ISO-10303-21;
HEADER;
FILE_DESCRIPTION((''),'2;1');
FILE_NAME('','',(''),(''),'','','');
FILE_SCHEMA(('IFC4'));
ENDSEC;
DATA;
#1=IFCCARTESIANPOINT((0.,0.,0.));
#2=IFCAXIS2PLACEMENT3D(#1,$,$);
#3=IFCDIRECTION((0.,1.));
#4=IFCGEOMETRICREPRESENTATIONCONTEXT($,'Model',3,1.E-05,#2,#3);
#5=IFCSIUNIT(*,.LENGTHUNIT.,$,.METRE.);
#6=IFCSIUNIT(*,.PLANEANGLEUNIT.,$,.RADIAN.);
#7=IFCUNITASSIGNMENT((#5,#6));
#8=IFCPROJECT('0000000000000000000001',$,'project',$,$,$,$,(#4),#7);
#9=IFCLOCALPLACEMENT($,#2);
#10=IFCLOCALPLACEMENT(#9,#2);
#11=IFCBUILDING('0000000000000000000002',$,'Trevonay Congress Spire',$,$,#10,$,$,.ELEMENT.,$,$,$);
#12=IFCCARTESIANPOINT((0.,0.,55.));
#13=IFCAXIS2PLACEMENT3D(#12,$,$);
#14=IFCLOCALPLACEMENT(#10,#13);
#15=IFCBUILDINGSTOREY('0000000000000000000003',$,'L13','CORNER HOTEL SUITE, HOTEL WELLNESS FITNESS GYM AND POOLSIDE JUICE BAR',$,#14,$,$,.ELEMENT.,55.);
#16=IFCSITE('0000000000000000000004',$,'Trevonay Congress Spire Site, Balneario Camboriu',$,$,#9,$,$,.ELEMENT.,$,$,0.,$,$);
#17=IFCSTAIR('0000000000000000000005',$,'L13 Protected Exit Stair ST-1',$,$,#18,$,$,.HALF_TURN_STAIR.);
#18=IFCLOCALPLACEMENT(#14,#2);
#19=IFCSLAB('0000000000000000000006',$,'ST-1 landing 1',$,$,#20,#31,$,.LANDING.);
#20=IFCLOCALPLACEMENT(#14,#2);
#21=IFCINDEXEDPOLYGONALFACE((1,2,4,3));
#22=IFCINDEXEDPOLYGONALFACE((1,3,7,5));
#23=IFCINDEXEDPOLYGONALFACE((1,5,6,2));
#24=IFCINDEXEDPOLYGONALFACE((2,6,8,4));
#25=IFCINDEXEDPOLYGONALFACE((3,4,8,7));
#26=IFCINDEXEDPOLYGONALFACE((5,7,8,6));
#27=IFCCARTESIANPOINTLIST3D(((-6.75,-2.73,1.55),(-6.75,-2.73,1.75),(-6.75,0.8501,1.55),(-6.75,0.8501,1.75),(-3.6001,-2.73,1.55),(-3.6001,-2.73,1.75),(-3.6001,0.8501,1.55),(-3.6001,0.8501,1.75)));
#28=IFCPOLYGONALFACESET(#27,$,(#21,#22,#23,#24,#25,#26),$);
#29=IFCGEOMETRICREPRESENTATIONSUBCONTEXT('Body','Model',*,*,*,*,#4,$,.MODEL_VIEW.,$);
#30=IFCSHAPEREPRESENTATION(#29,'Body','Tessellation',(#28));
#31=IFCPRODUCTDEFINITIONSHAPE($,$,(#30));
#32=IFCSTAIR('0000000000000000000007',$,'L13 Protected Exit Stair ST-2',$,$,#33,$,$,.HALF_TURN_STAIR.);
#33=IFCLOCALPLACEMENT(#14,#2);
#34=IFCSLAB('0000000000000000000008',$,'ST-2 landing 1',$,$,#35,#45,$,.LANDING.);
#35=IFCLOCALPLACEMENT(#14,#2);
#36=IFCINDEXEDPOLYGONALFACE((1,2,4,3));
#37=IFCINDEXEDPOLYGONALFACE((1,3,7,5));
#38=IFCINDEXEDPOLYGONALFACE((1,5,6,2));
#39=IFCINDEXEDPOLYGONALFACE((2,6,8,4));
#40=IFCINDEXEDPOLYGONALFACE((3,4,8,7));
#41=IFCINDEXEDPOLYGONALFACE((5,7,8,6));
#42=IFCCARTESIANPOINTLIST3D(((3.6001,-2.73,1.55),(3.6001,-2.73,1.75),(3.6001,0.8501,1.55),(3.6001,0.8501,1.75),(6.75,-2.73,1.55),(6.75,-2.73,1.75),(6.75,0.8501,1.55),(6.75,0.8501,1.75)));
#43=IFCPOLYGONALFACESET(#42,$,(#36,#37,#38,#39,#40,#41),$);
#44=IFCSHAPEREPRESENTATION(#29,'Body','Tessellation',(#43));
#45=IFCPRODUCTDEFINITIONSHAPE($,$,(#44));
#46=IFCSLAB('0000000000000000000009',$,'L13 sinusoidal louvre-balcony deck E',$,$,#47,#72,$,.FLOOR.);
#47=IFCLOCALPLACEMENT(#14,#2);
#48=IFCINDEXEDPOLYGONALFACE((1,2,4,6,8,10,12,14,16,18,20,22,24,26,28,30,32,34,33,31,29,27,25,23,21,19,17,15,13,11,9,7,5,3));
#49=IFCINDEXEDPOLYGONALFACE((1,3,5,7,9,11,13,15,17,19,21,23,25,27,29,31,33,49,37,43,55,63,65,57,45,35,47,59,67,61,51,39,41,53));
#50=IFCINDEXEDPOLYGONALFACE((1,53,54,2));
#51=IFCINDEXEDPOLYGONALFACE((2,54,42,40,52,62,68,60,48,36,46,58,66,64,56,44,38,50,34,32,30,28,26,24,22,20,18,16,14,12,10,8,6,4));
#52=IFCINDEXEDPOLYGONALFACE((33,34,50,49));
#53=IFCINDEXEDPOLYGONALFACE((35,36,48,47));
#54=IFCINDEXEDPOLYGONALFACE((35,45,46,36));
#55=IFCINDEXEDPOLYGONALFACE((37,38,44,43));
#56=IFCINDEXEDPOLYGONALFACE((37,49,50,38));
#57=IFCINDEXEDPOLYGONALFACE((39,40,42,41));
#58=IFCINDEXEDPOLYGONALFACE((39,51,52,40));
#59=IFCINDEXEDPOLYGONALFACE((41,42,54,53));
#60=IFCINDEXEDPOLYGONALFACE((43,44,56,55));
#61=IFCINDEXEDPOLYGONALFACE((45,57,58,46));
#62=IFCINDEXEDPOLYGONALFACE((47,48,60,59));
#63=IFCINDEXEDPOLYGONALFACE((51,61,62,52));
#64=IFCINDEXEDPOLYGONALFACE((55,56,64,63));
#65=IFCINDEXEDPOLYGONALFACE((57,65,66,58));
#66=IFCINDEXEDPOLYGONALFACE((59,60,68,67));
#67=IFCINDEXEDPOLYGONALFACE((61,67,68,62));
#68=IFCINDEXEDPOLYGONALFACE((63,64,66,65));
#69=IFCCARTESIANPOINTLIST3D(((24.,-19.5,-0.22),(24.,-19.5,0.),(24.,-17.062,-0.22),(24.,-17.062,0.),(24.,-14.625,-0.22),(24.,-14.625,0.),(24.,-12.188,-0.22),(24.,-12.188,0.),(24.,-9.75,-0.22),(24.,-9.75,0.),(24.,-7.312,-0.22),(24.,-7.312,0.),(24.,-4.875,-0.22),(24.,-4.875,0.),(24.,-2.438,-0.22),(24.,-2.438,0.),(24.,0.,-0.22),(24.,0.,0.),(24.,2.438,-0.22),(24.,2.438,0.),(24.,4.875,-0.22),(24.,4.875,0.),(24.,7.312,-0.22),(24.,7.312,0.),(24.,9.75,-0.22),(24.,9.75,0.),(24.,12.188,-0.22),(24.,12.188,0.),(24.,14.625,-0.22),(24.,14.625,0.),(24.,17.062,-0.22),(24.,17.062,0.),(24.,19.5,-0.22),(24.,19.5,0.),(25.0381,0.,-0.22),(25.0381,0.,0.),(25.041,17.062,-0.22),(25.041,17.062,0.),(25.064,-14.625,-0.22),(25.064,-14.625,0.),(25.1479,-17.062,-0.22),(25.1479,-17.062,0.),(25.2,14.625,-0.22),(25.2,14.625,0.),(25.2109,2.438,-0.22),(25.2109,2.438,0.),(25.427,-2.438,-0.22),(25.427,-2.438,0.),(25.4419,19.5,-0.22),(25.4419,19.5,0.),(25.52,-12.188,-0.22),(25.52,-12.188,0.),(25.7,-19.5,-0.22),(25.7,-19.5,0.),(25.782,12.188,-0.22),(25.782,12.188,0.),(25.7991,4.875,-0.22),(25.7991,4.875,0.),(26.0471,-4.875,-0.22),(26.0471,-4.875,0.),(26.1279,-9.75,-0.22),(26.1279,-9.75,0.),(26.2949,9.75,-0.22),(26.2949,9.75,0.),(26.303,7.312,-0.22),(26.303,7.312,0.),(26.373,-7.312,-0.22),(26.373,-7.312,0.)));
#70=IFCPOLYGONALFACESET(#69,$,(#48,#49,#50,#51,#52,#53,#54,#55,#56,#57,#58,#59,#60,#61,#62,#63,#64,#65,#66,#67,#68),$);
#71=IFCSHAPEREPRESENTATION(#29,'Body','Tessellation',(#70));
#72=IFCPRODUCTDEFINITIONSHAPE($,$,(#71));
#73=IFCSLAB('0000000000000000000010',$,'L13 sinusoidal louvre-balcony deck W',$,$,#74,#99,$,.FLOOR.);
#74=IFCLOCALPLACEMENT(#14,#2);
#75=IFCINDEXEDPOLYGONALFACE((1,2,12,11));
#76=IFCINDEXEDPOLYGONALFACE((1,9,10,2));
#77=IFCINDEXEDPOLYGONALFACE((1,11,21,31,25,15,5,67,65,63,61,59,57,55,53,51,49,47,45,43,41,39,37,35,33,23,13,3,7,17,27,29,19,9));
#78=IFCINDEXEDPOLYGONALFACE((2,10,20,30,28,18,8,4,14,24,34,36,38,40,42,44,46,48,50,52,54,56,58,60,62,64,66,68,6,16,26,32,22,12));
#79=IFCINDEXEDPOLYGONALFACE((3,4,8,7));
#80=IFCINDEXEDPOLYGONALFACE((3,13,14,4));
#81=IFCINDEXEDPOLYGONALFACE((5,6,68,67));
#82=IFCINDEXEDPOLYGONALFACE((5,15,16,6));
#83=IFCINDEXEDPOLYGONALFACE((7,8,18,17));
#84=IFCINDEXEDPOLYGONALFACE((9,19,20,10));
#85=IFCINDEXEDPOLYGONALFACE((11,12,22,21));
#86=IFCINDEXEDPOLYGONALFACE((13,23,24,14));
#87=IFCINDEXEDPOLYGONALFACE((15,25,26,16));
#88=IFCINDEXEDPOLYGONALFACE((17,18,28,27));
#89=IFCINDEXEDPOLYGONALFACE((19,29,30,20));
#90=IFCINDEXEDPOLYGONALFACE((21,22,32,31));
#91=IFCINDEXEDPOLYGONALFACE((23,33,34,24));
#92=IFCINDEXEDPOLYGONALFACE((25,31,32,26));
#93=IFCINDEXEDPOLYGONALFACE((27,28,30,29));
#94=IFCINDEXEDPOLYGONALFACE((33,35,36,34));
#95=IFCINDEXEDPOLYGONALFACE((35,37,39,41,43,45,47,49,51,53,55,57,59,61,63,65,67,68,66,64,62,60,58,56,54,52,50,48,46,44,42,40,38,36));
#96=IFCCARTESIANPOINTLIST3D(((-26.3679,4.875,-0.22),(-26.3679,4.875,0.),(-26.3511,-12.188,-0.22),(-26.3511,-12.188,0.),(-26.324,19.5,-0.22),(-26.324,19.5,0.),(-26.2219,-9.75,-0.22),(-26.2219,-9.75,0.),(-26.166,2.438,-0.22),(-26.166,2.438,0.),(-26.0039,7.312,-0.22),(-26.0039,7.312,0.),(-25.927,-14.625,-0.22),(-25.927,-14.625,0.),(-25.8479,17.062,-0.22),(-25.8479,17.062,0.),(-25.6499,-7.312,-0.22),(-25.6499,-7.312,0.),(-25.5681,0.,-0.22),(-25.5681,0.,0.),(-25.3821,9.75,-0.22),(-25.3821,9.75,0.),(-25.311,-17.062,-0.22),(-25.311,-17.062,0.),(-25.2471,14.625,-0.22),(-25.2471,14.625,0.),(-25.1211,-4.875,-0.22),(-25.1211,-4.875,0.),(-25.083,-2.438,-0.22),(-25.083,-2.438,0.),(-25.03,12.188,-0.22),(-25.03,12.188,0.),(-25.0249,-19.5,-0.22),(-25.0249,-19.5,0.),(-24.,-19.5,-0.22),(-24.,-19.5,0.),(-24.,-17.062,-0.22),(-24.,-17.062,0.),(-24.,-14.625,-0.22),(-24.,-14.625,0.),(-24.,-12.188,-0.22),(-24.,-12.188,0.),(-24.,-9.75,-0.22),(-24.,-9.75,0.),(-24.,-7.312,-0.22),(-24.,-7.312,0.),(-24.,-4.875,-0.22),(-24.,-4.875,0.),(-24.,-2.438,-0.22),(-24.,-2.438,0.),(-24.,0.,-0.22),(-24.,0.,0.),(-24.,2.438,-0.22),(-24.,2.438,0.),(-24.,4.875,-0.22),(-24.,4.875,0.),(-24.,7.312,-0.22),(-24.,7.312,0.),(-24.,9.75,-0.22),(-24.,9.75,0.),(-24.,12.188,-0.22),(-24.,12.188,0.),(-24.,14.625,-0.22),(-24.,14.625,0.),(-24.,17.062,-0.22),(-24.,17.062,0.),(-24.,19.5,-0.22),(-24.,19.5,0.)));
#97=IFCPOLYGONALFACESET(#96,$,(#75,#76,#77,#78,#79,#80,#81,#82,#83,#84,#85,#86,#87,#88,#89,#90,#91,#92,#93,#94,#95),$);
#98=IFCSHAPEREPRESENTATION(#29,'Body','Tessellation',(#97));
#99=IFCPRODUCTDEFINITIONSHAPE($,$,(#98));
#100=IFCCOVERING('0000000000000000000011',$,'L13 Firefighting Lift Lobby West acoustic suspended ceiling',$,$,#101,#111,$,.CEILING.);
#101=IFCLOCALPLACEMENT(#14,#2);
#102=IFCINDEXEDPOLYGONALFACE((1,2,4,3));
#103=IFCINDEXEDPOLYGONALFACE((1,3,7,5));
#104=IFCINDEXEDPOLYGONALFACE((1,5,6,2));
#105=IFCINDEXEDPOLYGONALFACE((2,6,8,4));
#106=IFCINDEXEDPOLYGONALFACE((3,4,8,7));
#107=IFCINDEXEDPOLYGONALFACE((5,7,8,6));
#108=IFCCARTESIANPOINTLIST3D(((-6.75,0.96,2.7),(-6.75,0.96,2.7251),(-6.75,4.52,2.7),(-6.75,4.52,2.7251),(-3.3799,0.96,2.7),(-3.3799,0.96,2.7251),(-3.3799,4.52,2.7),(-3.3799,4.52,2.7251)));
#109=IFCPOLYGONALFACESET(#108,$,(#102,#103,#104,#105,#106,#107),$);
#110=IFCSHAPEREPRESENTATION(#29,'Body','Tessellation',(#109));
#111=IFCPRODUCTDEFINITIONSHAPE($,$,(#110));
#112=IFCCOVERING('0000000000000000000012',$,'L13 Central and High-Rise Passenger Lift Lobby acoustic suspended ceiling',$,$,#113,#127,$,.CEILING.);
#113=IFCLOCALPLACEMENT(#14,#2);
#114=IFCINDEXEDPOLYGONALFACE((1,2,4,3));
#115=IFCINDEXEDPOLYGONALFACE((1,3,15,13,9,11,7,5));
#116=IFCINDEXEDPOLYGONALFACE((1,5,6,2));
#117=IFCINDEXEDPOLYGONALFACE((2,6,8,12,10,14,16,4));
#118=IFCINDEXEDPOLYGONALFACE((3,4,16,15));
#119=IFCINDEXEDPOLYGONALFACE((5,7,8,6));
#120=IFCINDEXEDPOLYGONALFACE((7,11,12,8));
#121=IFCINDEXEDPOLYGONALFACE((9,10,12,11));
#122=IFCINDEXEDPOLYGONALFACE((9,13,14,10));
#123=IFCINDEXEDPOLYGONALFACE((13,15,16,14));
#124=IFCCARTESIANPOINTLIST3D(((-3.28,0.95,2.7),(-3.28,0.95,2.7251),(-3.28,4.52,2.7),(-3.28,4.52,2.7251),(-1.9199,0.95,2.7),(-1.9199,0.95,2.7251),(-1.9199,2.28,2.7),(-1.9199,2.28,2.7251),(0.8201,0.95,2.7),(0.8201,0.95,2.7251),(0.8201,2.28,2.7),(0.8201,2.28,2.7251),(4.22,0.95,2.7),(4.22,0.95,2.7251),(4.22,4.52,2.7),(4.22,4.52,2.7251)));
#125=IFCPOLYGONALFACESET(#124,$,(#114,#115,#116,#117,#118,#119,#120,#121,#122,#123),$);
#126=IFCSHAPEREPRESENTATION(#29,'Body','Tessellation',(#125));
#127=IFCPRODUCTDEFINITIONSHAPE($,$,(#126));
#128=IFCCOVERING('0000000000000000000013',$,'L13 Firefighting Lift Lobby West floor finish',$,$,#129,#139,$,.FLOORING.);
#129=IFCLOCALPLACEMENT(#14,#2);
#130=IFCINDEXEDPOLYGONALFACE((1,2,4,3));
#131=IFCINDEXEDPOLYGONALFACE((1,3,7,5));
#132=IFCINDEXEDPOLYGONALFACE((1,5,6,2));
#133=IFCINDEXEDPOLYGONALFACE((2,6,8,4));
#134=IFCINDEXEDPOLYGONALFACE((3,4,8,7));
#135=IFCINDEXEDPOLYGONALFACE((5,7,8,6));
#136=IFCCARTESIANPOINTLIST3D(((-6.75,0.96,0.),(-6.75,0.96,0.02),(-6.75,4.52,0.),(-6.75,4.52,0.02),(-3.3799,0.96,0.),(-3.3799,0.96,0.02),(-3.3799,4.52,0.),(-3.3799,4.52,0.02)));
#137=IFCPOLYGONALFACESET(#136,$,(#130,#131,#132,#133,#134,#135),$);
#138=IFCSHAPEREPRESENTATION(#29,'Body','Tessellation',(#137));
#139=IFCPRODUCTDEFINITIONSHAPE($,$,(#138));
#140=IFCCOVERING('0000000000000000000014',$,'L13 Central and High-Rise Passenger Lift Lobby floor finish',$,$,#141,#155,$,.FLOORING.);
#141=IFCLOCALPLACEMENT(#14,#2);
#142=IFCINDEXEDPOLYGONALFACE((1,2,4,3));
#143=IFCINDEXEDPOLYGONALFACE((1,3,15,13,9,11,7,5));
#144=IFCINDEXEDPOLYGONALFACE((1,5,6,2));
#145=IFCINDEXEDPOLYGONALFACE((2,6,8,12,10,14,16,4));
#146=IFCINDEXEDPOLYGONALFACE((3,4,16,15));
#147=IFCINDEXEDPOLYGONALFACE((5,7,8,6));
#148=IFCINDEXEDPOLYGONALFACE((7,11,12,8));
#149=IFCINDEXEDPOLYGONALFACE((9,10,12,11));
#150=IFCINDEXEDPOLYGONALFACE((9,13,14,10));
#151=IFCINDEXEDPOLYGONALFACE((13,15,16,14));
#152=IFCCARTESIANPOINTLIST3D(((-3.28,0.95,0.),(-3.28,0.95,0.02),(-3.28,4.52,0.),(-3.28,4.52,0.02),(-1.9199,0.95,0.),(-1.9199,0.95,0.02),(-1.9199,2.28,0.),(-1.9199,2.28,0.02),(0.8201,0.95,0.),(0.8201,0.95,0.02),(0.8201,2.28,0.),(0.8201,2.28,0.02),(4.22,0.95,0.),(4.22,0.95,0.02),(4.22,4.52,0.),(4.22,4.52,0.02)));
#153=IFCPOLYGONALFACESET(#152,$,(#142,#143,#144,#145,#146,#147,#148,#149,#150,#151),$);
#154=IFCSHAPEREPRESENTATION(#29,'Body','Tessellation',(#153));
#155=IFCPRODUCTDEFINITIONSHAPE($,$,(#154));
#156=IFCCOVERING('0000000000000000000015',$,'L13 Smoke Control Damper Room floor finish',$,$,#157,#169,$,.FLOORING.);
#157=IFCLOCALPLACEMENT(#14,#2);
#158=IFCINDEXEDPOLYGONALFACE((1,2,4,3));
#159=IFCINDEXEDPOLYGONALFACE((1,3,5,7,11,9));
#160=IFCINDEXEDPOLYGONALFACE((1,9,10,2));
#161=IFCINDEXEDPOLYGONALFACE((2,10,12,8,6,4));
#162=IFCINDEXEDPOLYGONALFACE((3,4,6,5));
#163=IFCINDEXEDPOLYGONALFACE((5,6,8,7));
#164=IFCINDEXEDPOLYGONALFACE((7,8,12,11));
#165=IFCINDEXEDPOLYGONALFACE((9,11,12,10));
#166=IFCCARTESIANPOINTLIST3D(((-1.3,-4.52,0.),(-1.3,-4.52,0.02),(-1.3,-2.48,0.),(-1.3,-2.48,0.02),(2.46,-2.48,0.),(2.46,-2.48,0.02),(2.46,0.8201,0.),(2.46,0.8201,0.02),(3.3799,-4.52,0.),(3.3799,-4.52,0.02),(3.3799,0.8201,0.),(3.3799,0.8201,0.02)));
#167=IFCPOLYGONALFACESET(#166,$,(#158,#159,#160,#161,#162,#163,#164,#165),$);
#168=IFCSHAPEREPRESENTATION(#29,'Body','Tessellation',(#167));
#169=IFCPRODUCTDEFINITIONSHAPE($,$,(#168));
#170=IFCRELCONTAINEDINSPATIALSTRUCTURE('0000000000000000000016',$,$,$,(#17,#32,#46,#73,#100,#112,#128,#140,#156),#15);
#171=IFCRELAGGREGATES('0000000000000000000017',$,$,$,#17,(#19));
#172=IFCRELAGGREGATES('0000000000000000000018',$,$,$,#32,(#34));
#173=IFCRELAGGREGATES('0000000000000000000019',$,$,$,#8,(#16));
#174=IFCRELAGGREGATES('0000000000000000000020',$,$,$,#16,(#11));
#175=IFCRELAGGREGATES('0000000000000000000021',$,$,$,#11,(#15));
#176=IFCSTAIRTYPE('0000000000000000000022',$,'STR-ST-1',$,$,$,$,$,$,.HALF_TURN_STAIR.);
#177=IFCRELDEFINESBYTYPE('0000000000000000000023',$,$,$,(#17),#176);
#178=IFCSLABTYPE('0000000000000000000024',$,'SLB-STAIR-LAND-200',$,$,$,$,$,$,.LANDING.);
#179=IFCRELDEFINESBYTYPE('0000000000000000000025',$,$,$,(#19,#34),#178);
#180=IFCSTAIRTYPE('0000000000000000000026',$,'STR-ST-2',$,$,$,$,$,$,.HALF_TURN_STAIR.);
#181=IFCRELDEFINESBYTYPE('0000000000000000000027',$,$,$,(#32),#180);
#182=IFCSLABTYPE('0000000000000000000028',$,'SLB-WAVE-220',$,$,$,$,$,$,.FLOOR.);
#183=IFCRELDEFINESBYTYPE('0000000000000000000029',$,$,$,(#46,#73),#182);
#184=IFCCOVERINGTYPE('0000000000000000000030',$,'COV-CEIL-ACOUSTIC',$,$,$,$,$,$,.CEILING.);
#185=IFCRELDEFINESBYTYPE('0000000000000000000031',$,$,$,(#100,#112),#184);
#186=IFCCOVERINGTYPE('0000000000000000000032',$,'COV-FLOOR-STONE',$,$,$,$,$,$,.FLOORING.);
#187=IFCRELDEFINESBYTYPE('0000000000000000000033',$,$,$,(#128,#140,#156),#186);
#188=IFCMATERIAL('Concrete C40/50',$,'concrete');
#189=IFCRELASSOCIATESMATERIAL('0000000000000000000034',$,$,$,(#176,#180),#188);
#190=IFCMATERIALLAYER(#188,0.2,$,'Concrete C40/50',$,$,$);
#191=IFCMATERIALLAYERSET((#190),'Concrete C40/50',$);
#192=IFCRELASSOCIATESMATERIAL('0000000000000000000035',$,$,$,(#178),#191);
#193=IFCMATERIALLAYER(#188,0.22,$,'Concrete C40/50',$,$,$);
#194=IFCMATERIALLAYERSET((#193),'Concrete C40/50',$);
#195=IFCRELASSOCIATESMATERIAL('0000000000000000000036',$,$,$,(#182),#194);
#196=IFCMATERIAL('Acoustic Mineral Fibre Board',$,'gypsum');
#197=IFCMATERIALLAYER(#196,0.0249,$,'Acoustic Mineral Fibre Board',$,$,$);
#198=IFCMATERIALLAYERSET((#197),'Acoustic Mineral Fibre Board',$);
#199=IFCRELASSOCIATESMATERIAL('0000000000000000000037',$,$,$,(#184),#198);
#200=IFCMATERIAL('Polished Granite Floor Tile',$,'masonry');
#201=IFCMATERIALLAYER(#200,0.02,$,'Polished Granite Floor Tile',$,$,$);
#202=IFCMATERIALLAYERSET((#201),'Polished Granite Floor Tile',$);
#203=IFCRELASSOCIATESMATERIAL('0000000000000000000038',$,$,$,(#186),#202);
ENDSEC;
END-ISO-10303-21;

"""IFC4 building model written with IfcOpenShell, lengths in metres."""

from ifc_helpers import new_model, si_unit, direction, frame, origin, place, context, subcontext, project, spatial, polyline, outline, extrude, material, layer, layer_set, type_object, element, aggregate, save


model = new_model("IFC4")

# Units and contexts
model_context = context("Model", 3, precision=1e-05, world=origin(), true_north=direction((0.0, 1.0)))
body_context = subcontext(model_context, "Body", "Model", "MODEL_VIEW")
ifc_project = project(units=[si_unit("LENGTHUNIT", "METRE"), si_unit("PLANEANGLEUNIT", "RADIAN")], contexts=[model_context])

# Site, building, storey
site_placement = place(None, origin())
site = spatial("IfcSite", under=ifc_project, at=site_placement, Name="Trevonay Congress Spire Site, Balneario Camboriu", CompositionType="ELEMENT", RefElevation=0.0)
building_placement = place(site_placement, origin())
building = spatial("IfcBuilding", under=site, at=building_placement, Name="Trevonay Congress Spire", CompositionType="ELEMENT")
storey_placement = place(building_placement, frame((0.0, 0.0, 55.0)))
storey = spatial("IfcBuildingStorey", under=building, at=storey_placement, Name="L13", Description="CORNER HOTEL SUITE, HOTEL WELLNESS FITNESS GYM AND POOLSIDE JUICE BAR", CompositionType="ELEMENT", Elevation=55.0)

# Stairs, slabs
ifc_material_1 = material(Name="Concrete C40/50", Category="concrete")
stair_type_1 = type_object("IfcStairType", Name="STR-ST-1", PredefinedType="HALF_TURN_STAIR", material=ifc_material_1)
stair_1_placement = place(storey_placement, origin())
stair_1 = element("IfcStair", 1, at=stair_1_placement, inside=storey, type_object=stair_type_1, Name="L13 Protected Exit Stair ST-1", PredefinedType="HALF_TURN_STAIR")
ifc_layer_1 = layer(ifc_material_1, 0.2, Name="Concrete C40/50")
ifc_layer_set_1 = layer_set([ifc_layer_1], Name="Concrete C40/50")
slab_type_1 = type_object("IfcSlabType", Name="SLB-STAIR-LAND-200", PredefinedType="LANDING", material=ifc_layer_set_1)
slab_1_placement = place(storey_placement, frame((0.0, 0.0, 1.55)))
slab_1 = element("IfcSlab", 2, at=slab_1_placement, type_object=slab_type_1, Name="ST-1 landing 1", PredefinedType="LANDING", context=body_context, shape_type="SweptSolid", body=[
    extrude(outline(polyline([(-3.6001, -2.73), (-3.6001, 0.8501), (-6.75, 0.8501), (-6.75, -2.73), (-3.6001, -2.73)])), origin(), (0.0, 0.0, 1.0), 0.2),
])
aggregate(stair_1, [slab_1])
stair_type_2 = type_object("IfcStairType", Name="STR-ST-2", PredefinedType="HALF_TURN_STAIR", material=ifc_material_1)
stair_2_placement = place(storey_placement, origin())
stair_2 = element("IfcStair", 3, at=stair_2_placement, inside=storey, type_object=stair_type_2, Name="L13 Protected Exit Stair ST-2", PredefinedType="HALF_TURN_STAIR")
slab_2_placement = place(storey_placement, frame((0.0, 0.0, 1.55)))
slab_2 = element("IfcSlab", 4, at=slab_2_placement, type_object=slab_type_1, Name="ST-2 landing 1", PredefinedType="LANDING", context=body_context, shape_type="SweptSolid", body=[
    extrude(outline(polyline([(6.75, -2.73), (6.75, 0.8501), (3.6001, 0.8501), (3.6001, -2.73), (6.75, -2.73)])), origin(), (0.0, 0.0, 1.0), 0.2),
])
aggregate(stair_2, [slab_2])

# Slabs
ifc_layer_2 = layer(ifc_material_1, 0.22, Name="Concrete C40/50")
ifc_layer_set_2 = layer_set([ifc_layer_2], Name="Concrete C40/50")
slab_type_2 = type_object("IfcSlabType", Name="SLB-WAVE-220", PredefinedType="FLOOR", material=ifc_layer_set_2)
slab_3_placement = place(storey_placement, frame((0.0, 0.0, -0.22)))
element("IfcSlab", 5, at=slab_3_placement, inside=storey, type_object=slab_type_2, Name="L13 sinusoidal louvre-balcony deck E", PredefinedType="FLOOR", context=body_context, shape_type="SweptSolid", body=[
    extrude(outline(polyline([(25.7, -19.5), (25.1479, -17.062), (25.064, -14.625), (25.52, -12.188), (26.1279, -9.75), (26.373, -7.312), (26.0471, -4.875), (25.427, -2.438), (25.0381, 0.0), (25.2109, 2.438), (25.7991, 4.875), (26.303, 7.312), (26.2949, 9.75), (25.782, 12.188), (25.2, 14.625), (25.041, 17.062), (25.4419, 19.5), (24.0, 19.5), (24.0, 17.062), (24.0, 14.625), (24.0, 12.188), (24.0, 9.75), (24.0, 7.312), (24.0, 4.875), (24.0, 2.438), (24.0, 0.0), (24.0, -2.438), (24.0, -4.875), (24.0, -7.312), (24.0, -9.75), (24.0, -12.188), (24.0, -14.625), (24.0, -17.062), (24.0, -19.5), (25.7, -19.5)])), origin(), (0.0, 0.0, 1.0), 0.22),
])
slab_4_placement = place(storey_placement, frame((0.0, 0.0, -0.22)))
element("IfcSlab", 6, at=slab_4_placement, inside=storey, type_object=slab_type_2, Name="L13 sinusoidal louvre-balcony deck W", PredefinedType="FLOOR", context=body_context, shape_type="SweptSolid", body=[
    extrude(outline(polyline([(-24.0, -19.5), (-24.0, -17.062), (-24.0, -14.625), (-24.0, -12.188), (-24.0, -9.75), (-24.0, -7.312), (-24.0, -4.875), (-24.0, -2.438), (-24.0, 0.0), (-24.0, 2.438), (-24.0, 4.875), (-24.0, 7.312), (-24.0, 9.75), (-24.0, 12.188), (-24.0, 14.625), (-24.0, 17.062), (-24.0, 19.5), (-26.324, 19.5), (-25.8479, 17.062), (-25.2471, 14.625), (-25.03, 12.188), (-25.3821, 9.75), (-26.0039, 7.312), (-26.3679, 4.875), (-26.166, 2.438), (-25.5681, 0.0), (-25.083, -2.438), (-25.1211, -4.875), (-25.6499, -7.312), (-26.2219, -9.75), (-26.3511, -12.188), (-25.927, -14.625), (-25.311, -17.062), (-25.0249, -19.5), (-24.0, -19.5)])), origin(), (0.0, 0.0, 1.0), 0.22),
])

# Coverings
ifc_material_2 = material(Name="Acoustic Mineral Fibre Board", Category="gypsum")
ifc_layer_3 = layer(ifc_material_2, 0.0249, Name="Acoustic Mineral Fibre Board")
ifc_layer_set_3 = layer_set([ifc_layer_3], Name="Acoustic Mineral Fibre Board")
covering_type_1 = type_object("IfcCoveringType", Name="COV-CEIL-ACOUSTIC", PredefinedType="CEILING", material=ifc_layer_set_3)
covering_1_placement = place(storey_placement, frame((0.0, 0.0, 2.7)))
element("IfcCovering", 7, at=covering_1_placement, inside=storey, type_object=covering_type_1, Name="L13 Firefighting Lift Lobby West acoustic suspended ceiling", PredefinedType="CEILING", context=body_context, shape_type="SweptSolid", body=[
    extrude(outline(polyline([(-6.75, 0.96), (-3.3799, 0.96), (-3.3799, 4.52), (-6.75, 4.52), (-6.75, 0.96)])), origin(), (0.0, 0.0, 1.0), 0.0251),
])
covering_2_placement = place(storey_placement, frame((0.0, 0.0, 2.7)))
element("IfcCovering", 8, at=covering_2_placement, inside=storey, type_object=covering_type_1, Name="L13 Central and High-Rise Passenger Lift Lobby acoustic suspended ceiling", PredefinedType="CEILING", context=body_context, shape_type="SweptSolid", body=[
    extrude(outline(polyline([(-3.28, 0.95), (-1.9199, 0.95), (-1.9199, 2.28), (0.8201, 2.28), (0.8201, 0.95), (4.22, 0.95), (4.22, 4.52), (-3.28, 4.52), (-3.28, 0.95)])), origin(), (0.0, 0.0, 1.0), 0.0251),
])
ifc_material_3 = material(Name="Polished Granite Floor Tile", Category="masonry")
ifc_layer_4 = layer(ifc_material_3, 0.02, Name="Polished Granite Floor Tile")
ifc_layer_set_4 = layer_set([ifc_layer_4], Name="Polished Granite Floor Tile")
covering_type_2 = type_object("IfcCoveringType", Name="COV-FLOOR-STONE", PredefinedType="FLOORING", material=ifc_layer_set_4)
covering_3_placement = place(storey_placement, origin())
element("IfcCovering", 9, at=covering_3_placement, inside=storey, type_object=covering_type_2, Name="L13 Firefighting Lift Lobby West floor finish", PredefinedType="FLOORING", context=body_context, shape_type="SweptSolid", body=[
    extrude(outline(polyline([(-6.75, 0.96), (-3.3799, 0.96), (-3.3799, 4.52), (-6.75, 4.52), (-6.75, 0.96)])), origin(), (0.0, 0.0, 1.0), 0.02),
])
covering_4_placement = place(storey_placement, origin())
element("IfcCovering", 10, at=covering_4_placement, inside=storey, type_object=covering_type_2, Name="L13 Central and High-Rise Passenger Lift Lobby floor finish", PredefinedType="FLOORING", context=body_context, shape_type="SweptSolid", body=[
    extrude(outline(polyline([(-3.28, 0.95), (-1.9199, 0.95), (-1.9199, 2.28), (0.8201, 2.28), (0.8201, 0.95), (4.22, 0.95), (4.22, 4.52), (-3.28, 4.52), (-3.28, 0.95)])), origin(), (0.0, 0.0, 1.0), 0.02),
])
covering_5_placement = place(storey_placement, origin())
element("IfcCovering", 11, at=covering_5_placement, inside=storey, type_object=covering_type_2, Name="L13 Smoke Control Damper Room floor finish", PredefinedType="FLOORING", context=body_context, shape_type="SweptSolid", body=[
    extrude(outline(polyline([(-1.3, -4.52), (3.3799, -4.52), (3.3799, 0.8201), (2.46, 0.8201), (2.46, -2.48), (-1.3, -2.48), (-1.3, -4.52)])), origin(), (0.0, 0.0, 1.0), 0.02),
])

save(model, "model.ifc")
